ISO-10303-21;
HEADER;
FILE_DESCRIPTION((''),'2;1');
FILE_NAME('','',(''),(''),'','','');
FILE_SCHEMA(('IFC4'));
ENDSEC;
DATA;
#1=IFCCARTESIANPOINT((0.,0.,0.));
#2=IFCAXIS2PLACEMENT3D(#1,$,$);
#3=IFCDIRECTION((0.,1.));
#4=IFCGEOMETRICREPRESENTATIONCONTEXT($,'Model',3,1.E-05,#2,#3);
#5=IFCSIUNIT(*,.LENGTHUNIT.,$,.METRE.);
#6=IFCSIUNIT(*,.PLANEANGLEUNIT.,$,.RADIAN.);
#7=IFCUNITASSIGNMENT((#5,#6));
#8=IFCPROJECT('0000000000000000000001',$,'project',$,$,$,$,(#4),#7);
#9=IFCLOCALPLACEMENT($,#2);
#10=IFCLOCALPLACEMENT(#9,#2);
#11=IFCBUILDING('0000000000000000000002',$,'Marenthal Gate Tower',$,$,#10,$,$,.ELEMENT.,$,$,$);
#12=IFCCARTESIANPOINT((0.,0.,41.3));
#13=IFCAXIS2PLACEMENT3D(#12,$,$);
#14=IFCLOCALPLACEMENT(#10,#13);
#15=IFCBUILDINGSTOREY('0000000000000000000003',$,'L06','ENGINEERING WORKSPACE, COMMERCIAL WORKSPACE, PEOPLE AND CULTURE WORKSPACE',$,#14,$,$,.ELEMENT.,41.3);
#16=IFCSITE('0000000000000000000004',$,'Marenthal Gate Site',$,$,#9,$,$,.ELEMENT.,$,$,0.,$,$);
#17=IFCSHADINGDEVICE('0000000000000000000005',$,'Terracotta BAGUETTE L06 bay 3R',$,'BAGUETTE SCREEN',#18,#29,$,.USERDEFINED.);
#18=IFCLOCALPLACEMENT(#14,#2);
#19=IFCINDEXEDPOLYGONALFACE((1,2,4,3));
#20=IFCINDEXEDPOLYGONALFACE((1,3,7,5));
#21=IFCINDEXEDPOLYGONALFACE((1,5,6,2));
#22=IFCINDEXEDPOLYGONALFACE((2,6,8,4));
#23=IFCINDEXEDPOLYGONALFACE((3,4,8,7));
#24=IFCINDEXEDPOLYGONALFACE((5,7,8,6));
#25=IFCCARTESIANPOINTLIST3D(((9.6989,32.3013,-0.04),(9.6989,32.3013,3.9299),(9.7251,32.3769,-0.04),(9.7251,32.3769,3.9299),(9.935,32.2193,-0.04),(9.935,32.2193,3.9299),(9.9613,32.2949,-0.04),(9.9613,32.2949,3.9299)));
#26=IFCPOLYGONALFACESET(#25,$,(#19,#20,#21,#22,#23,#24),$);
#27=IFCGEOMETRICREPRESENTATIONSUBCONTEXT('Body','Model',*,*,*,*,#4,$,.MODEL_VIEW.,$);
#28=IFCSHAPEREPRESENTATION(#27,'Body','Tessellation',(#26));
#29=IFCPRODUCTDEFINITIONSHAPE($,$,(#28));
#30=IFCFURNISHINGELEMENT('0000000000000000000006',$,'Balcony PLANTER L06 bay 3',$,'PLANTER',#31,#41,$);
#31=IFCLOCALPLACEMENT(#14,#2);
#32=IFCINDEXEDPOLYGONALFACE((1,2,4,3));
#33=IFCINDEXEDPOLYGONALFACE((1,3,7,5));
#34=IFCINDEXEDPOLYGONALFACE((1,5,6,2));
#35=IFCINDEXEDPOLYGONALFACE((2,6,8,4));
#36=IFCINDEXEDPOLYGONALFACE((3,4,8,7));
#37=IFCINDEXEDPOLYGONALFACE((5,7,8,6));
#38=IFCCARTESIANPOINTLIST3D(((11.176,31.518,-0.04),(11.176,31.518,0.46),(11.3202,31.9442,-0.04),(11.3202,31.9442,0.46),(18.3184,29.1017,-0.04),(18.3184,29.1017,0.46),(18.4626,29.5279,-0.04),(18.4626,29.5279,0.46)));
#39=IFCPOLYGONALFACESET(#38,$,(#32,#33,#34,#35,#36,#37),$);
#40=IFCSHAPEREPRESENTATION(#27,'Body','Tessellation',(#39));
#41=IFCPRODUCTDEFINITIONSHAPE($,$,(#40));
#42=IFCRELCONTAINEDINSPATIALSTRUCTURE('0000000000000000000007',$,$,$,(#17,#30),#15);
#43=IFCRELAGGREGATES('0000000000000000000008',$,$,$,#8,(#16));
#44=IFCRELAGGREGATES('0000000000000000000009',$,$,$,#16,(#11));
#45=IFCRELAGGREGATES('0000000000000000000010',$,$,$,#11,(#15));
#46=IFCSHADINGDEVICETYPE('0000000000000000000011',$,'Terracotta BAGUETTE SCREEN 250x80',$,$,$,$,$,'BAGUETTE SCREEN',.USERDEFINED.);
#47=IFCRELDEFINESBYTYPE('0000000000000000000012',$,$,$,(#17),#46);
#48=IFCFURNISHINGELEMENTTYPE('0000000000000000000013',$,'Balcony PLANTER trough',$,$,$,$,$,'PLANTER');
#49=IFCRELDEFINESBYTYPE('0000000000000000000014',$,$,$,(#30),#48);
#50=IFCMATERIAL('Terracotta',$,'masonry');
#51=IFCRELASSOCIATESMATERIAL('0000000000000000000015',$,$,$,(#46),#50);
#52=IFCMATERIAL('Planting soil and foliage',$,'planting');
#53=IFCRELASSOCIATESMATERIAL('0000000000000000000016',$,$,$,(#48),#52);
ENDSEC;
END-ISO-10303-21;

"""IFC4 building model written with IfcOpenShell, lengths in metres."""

from ifc_helpers import new_model, si_unit, direction, frame, origin, origin_2d, place, context, subcontext, project, spatial, rectangle, extrude, material, material_profile, profile_set, type_object, element, save


model = new_model("IFC4")

# Units and contexts
model_context = context("Model", 3, precision=1e-05, world=origin(), true_north=direction((0.0, 1.0)))
body_context = subcontext(model_context, "Body", "Model", "MODEL_VIEW")
ifc_project = project(units=[si_unit("LENGTHUNIT", "METRE"), si_unit("PLANEANGLEUNIT", "RADIAN")], contexts=[model_context])

# Site, building, storey
site_placement = place(None, origin())
site = spatial("IfcSite", under=ifc_project, at=site_placement, Name="Marenthal Gate Site", CompositionType="ELEMENT", RefElevation=0.0)
building_placement = place(site_placement, origin())
building = spatial("IfcBuilding", under=site, at=building_placement, Name="Marenthal Gate Tower", CompositionType="ELEMENT")
storey_placement = place(building_placement, frame((0.0, 0.0, 41.3)))
storey = spatial("IfcBuildingStorey", under=building, at=storey_placement, Name="L06", Description="ENGINEERING WORKSPACE, COMMERCIAL WORKSPACE, PEOPLE AND CULTURE WORKSPACE", CompositionType="ELEMENT", Elevation=41.3)

# Shading device
ifc_material_1 = material(Name="Terracotta", Category="masonry")
ifc_material_profile_1 = material_profile(ifc_material_1, rectangle(XDim=0.25, YDim=0.0801, at=origin_2d()), Name="Terracotta baguette 250x80")
ifc_profile_set_1 = profile_set([ifc_material_profile_1], Name="Terracotta")
shading_device_type = type_object("IfcShadingDeviceType", Name="Terracotta BAGUETTE SCREEN 250x80", ElementType="BAGUETTE SCREEN", PredefinedType="USERDEFINED", material=ifc_profile_set_1)
shading_device_placement = place(storey_placement, frame((9.8301, 32.2981, -0.04), z_axis=(0.0, 0.0, 1.0), x_axis=(-0.944708, 0.327912, 0.0)))
element("IfcShadingDevice", 1, at=shading_device_placement, inside=storey, type_object=shading_device_type, Name="Terracotta BAGUETTE L06 bay 3R", ObjectType="BAGUETTE SCREEN", PredefinedType="USERDEFINED", context=body_context, shape_type="SweptSolid", body=[
    extrude(rectangle(XDim=0.25, YDim=0.0801, at=origin_2d()), origin(), (0.0, 0.0, 1.0), 3.97),
])

# Furnishing element
ifc_material_2 = material(Name="Planting soil and foliage", Category="planting")
furnishing_element_type = type_object("IfcFurnishingElementType", Name="Balcony PLANTER trough", ElementType="PLANTER", material=ifc_material_2)
furnishing_placement = place(storey_placement, frame((14.8193, 30.5229, -0.04), z_axis=(0.0, 0.0, 1.0), x_axis=(-0.947263, 0.320458, 0.0)))
element("IfcFurnishingElement", 2, at=furnishing_placement, inside=storey, type_object=furnishing_element_type, Name="Balcony PLANTER L06 bay 3", ObjectType="PLANTER", context=body_context, shape_type="SweptSolid", body=[
    extrude(rectangle(XDim=7.54, YDim=0.45, at=origin_2d()), origin(), (0.0, 0.0, 1.0), 0.5),
])

save(model, "model.ifc")
